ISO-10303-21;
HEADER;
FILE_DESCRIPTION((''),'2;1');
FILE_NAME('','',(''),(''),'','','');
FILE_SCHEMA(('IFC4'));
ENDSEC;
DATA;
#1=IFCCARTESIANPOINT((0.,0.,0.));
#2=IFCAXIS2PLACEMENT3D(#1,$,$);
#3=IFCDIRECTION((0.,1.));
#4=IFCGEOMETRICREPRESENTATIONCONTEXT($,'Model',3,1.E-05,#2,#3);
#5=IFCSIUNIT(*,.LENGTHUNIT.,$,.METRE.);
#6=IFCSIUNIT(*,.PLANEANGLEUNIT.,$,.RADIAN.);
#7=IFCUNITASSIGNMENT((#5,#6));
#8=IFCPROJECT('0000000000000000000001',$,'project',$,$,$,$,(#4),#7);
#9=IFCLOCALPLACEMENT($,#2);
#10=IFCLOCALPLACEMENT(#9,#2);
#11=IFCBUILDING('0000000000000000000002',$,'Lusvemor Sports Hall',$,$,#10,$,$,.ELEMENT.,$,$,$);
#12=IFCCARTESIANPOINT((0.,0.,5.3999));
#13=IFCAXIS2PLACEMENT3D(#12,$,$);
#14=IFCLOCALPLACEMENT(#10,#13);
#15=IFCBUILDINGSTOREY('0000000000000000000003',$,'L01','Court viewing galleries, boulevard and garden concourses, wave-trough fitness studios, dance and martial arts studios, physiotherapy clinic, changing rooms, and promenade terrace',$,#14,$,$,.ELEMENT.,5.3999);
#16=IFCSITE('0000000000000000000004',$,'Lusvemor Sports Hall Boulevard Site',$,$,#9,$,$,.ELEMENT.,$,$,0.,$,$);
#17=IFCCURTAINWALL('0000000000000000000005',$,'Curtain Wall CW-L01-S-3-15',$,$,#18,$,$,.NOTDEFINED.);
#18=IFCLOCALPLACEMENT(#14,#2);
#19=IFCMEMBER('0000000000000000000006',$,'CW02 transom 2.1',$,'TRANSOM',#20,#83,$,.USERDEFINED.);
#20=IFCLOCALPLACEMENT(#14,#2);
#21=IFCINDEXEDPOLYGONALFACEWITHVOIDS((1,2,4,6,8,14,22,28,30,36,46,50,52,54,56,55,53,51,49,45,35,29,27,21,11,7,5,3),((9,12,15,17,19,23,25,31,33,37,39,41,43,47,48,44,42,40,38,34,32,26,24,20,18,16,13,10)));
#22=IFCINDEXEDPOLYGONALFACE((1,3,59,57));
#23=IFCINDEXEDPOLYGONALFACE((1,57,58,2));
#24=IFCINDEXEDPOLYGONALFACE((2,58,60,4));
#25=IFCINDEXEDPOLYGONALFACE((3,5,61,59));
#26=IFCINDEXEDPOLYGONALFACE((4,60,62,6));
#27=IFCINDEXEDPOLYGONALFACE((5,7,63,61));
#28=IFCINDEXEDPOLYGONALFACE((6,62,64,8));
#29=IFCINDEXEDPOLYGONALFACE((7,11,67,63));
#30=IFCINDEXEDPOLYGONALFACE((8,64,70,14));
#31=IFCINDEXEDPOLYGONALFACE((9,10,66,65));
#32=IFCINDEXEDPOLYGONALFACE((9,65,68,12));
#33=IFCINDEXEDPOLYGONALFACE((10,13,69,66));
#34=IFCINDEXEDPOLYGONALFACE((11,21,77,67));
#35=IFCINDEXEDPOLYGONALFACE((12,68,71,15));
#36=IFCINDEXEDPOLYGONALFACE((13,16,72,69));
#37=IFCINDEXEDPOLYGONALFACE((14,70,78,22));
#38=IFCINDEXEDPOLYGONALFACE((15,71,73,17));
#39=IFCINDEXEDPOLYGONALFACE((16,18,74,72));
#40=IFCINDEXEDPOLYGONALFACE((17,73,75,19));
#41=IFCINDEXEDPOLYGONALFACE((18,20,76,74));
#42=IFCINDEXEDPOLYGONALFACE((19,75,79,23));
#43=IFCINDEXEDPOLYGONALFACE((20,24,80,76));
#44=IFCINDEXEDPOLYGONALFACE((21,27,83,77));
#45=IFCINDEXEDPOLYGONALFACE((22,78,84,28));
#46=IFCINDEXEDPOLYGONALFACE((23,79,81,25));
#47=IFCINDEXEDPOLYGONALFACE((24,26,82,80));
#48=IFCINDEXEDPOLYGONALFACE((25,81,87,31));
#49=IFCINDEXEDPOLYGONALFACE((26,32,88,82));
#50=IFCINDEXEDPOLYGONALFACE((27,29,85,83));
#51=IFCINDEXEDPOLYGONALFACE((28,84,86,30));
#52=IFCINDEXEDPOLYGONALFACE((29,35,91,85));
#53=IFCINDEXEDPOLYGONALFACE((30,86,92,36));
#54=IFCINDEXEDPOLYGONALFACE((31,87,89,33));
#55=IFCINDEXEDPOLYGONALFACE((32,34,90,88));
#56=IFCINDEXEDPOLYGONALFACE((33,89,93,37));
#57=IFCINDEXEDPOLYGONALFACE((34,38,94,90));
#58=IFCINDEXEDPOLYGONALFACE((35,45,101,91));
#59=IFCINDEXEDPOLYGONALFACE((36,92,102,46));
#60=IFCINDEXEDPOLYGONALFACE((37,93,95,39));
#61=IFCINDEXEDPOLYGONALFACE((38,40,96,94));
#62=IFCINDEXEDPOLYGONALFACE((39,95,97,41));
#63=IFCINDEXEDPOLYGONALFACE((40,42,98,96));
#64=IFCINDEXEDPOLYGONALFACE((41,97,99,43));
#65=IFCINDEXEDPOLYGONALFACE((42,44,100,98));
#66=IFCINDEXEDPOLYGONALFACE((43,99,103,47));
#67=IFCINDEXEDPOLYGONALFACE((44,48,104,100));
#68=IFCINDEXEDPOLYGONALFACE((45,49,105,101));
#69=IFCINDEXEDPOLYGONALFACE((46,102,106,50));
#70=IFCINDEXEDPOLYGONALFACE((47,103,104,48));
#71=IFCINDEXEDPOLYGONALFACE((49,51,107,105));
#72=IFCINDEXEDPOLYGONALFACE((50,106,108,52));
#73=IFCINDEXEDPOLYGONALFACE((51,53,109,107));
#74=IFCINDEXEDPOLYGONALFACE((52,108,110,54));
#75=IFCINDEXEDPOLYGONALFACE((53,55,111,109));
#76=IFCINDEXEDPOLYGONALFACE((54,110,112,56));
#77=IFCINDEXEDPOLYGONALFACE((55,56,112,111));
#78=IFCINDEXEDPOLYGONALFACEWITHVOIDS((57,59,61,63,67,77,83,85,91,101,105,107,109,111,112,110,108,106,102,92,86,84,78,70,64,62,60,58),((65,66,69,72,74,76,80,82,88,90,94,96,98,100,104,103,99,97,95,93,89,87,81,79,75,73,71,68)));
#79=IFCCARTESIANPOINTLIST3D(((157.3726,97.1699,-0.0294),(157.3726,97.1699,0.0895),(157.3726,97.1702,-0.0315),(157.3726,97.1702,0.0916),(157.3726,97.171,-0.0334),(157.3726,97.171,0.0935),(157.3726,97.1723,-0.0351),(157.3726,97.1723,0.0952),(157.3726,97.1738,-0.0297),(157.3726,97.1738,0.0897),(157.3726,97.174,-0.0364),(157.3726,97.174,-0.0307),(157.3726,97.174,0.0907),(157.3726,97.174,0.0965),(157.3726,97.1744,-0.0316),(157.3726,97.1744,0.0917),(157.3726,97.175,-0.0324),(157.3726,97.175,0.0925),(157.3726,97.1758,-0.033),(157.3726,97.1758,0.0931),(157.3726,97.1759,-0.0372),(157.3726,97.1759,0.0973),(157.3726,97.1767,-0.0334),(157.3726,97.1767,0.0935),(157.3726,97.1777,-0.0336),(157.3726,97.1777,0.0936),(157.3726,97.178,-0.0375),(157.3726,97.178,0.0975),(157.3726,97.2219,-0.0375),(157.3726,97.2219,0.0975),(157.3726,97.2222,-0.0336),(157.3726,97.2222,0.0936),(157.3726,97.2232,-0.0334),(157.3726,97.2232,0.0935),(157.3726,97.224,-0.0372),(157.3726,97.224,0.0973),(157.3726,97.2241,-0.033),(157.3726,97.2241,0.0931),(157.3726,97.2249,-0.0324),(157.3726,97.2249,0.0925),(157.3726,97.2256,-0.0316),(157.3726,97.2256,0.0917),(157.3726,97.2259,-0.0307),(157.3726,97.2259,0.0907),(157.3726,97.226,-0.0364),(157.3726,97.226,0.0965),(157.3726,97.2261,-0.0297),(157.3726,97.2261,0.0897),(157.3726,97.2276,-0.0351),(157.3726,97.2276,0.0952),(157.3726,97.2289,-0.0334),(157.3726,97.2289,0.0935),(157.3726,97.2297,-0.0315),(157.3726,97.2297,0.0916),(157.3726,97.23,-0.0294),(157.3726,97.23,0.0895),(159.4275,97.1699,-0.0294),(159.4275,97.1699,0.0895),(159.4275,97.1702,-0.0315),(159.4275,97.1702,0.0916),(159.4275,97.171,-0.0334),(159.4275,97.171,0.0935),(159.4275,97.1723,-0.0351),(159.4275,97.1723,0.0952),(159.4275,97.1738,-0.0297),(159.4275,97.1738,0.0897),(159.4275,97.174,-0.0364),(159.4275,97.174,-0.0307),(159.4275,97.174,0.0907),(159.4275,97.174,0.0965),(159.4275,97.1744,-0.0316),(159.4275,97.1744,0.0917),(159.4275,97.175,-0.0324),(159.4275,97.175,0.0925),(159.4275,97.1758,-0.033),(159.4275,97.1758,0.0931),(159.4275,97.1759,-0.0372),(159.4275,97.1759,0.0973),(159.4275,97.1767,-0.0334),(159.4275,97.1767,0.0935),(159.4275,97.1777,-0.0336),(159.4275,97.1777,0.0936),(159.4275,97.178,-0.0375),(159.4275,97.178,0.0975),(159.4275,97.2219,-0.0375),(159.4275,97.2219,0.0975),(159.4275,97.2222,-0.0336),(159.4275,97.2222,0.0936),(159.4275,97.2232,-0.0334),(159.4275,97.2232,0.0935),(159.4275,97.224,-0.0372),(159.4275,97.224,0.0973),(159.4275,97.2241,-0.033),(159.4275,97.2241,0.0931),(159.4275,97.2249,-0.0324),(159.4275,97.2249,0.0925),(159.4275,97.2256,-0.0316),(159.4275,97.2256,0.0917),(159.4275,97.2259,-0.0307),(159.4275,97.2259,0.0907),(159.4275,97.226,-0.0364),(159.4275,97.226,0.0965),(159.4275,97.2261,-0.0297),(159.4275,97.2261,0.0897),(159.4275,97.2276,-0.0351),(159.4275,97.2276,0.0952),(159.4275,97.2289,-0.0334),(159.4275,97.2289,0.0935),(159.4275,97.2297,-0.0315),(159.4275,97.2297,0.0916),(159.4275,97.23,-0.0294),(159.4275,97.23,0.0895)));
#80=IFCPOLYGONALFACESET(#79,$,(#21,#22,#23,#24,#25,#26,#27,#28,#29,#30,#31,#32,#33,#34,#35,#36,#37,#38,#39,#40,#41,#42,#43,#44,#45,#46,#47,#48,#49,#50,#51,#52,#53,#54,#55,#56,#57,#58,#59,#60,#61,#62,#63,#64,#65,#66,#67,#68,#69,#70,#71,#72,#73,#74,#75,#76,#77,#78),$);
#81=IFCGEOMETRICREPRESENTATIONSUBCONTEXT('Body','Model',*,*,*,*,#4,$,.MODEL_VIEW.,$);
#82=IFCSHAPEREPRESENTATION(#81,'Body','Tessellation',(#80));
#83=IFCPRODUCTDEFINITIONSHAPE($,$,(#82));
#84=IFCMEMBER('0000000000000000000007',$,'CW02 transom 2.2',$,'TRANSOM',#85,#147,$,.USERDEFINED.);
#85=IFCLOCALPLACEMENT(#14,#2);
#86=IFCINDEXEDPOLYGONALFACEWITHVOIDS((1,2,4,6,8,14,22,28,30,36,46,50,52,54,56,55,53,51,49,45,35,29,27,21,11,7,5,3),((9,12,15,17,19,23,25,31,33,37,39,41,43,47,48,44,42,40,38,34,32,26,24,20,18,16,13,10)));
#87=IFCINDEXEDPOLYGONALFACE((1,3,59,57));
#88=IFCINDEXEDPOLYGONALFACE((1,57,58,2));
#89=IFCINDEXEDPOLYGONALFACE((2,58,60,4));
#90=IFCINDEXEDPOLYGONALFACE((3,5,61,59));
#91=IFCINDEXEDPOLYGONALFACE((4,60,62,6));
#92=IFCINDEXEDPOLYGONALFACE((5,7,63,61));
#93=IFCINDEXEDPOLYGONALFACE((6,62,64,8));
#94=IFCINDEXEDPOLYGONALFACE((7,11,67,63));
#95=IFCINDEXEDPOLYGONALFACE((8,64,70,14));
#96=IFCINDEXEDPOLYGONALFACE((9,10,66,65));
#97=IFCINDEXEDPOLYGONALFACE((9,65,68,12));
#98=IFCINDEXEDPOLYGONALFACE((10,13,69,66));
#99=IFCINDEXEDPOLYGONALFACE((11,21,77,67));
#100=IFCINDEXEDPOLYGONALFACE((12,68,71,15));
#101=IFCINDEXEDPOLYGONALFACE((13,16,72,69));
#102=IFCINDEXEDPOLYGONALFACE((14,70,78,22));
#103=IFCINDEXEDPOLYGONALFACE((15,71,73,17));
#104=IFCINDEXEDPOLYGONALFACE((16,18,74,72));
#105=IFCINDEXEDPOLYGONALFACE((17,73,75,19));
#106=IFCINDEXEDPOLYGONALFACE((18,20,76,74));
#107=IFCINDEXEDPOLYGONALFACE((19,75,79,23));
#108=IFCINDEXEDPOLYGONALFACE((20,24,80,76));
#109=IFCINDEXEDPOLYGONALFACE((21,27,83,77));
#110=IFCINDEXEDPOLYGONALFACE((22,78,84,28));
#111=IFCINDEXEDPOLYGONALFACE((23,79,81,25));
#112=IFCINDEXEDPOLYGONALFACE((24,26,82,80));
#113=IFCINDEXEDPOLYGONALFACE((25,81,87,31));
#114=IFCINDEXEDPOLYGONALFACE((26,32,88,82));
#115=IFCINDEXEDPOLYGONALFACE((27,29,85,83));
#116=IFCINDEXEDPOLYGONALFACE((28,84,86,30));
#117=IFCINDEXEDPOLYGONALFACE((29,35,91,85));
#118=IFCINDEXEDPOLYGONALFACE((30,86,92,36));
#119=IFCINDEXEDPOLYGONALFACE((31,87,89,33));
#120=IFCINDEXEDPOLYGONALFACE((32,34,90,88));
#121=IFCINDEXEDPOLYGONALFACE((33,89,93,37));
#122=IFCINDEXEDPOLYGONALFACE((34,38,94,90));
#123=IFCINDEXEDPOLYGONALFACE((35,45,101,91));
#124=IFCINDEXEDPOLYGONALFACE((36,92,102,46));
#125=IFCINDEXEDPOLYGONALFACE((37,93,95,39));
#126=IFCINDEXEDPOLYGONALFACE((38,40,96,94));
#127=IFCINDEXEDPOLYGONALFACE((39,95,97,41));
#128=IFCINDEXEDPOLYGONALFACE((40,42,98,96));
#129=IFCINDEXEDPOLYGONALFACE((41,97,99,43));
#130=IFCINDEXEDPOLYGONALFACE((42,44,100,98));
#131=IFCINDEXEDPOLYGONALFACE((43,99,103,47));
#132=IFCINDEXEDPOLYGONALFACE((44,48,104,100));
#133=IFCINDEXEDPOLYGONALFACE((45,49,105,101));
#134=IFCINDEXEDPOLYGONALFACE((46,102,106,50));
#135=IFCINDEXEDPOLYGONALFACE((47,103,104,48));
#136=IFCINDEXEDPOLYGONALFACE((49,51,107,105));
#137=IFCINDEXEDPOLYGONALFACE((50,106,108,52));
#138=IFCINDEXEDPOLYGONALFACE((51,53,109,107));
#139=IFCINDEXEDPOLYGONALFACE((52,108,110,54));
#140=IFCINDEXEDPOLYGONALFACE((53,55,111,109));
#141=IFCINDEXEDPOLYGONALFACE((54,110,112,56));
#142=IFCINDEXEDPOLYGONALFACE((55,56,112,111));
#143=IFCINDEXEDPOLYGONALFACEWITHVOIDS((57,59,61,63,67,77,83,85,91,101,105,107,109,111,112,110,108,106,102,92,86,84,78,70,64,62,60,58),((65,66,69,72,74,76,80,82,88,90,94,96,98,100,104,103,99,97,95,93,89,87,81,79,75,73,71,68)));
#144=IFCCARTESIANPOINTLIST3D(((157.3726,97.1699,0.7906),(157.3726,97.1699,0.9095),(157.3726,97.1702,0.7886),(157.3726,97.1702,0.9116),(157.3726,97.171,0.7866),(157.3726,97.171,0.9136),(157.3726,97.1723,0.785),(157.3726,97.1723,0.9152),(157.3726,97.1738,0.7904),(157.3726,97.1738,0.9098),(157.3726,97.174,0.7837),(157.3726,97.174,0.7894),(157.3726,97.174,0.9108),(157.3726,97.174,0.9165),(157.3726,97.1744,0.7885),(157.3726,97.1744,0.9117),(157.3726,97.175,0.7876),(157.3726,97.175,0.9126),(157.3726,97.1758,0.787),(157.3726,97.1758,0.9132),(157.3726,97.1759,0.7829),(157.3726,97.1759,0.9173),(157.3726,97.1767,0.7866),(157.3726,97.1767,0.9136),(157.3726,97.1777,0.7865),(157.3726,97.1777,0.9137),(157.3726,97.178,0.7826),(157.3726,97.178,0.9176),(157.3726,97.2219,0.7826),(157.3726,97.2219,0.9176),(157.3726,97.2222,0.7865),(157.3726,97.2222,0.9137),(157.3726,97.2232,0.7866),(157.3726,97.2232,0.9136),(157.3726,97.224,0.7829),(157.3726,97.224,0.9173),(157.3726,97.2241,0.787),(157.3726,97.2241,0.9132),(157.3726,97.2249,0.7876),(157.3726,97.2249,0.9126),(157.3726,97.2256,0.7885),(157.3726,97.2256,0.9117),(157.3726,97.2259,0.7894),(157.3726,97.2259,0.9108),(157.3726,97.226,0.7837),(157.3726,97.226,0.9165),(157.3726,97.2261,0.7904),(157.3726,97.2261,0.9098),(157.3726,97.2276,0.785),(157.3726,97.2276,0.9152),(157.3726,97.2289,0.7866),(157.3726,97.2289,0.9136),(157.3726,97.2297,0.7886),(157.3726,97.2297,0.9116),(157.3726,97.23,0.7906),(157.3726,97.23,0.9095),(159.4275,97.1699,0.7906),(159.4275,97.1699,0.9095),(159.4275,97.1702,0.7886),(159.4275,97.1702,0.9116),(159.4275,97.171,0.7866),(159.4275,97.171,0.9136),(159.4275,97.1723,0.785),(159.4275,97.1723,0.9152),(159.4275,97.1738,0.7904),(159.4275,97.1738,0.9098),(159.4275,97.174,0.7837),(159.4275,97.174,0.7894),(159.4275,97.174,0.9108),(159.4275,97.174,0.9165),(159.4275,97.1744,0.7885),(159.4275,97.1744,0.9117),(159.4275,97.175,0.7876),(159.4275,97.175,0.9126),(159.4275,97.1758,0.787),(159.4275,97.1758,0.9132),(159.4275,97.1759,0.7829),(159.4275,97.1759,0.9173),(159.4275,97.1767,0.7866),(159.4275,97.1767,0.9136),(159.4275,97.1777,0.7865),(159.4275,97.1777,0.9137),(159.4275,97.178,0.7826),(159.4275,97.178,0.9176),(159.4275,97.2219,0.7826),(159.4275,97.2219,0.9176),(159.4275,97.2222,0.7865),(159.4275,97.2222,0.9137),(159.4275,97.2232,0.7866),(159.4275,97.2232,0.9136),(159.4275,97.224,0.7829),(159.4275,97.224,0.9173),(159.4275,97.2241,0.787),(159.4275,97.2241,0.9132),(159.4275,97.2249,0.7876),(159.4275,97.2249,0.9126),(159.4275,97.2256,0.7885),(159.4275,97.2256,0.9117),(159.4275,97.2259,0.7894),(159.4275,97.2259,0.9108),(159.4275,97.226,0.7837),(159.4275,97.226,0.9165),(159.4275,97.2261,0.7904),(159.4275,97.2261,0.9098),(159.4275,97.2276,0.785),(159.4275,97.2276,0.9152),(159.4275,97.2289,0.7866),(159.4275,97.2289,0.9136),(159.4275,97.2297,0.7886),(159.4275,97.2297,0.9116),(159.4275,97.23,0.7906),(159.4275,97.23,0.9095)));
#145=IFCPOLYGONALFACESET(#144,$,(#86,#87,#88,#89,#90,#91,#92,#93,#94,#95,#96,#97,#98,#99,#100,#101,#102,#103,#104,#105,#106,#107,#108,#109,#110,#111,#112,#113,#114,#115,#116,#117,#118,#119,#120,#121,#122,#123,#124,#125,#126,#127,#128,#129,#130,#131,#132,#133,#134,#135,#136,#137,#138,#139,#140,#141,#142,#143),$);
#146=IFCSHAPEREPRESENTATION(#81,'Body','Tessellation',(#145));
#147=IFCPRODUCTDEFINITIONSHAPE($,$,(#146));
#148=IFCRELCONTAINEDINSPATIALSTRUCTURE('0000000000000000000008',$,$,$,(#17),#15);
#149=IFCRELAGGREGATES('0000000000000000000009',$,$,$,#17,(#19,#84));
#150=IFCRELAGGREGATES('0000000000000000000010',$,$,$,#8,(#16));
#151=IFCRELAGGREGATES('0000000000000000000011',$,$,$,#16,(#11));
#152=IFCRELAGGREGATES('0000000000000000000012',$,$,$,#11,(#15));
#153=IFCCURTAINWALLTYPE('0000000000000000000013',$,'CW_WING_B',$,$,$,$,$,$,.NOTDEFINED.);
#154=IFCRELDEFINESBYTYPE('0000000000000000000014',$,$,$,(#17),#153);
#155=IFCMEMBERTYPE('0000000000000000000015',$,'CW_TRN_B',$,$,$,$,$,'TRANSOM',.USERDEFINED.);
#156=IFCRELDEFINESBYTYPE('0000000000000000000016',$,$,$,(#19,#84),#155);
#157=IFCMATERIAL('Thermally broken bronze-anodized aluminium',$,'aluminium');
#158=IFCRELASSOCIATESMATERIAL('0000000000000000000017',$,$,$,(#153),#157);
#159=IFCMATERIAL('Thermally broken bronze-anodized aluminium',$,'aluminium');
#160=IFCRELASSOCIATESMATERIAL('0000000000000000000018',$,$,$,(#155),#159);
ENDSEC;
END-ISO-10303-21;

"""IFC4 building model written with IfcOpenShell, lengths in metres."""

from ifc_helpers import new_model, si_unit, direction, frame, origin, origin_2d, place, context, subcontext, project, spatial, hollow_rectangle, extrude, material, material_profile, profile_set, type_object, element, aggregate, save


model = new_model("IFC4")

# Units and contexts
model_context = context("Model", 3, precision=1e-05, world=origin(), true_north=direction((0.0, 1.0)))
body_context = subcontext(model_context, "Body", "Model", "MODEL_VIEW")
ifc_project = project(units=[si_unit("LENGTHUNIT", "METRE"), si_unit("PLANEANGLEUNIT", "RADIAN")], contexts=[model_context])

# Site, building, storey
site_placement = place(None, origin())
site = spatial("IfcSite", under=ifc_project, at=site_placement, Name="Lusvemor Sports Hall Boulevard Site", CompositionType="ELEMENT", RefElevation=0.0)
building_placement = place(site_placement, origin())
building = spatial("IfcBuilding", under=site, at=building_placement, Name="Lusvemor Sports Hall", CompositionType="ELEMENT")
storey_placement = place(building_placement, frame((0.0, 0.0, 5.3999)))
storey = spatial("IfcBuildingStorey", under=building, at=storey_placement, Name="L01", Description="Court viewing galleries, boulevard and garden concourses, wave-trough fitness studios, dance and martial arts studios, physiotherapy clinic, changing rooms, and promenade terrace", CompositionType="ELEMENT", Elevation=5.3999)

# Curtain wall
ifc_material_1 = material(Name="Thermally broken bronze-anodized aluminium", Category="aluminium")
curtain_wall_type = type_object("IfcCurtainWallType", Name="CW_WING_B", PredefinedType="NOTDEFINED", material=ifc_material_1)
curtain_wall_1_placement = place(storey_placement, origin())
curtain_wall_1 = element("IfcCurtainWall", 1, at=curtain_wall_1_placement, inside=storey, type_object=curtain_wall_type, Name="Curtain Wall CW-L01-S-3-15", PredefinedType="NOTDEFINED")

# Members
ifc_material_2 = material(Name="Thermally broken bronze-anodized aluminium", Category="aluminium")
ifc_material_profile_1 = material_profile(ifc_material_2, hollow_rectangle(XDim=0.0601, YDim=0.135, WallThickness=0.0039, InnerFilletRadius=0.0039, OuterFilletRadius=0.0081, at=origin_2d()), Name="CWTRN135x60x4")
ifc_profile_set_1 = profile_set([ifc_material_profile_1], Name="Thermally broken bronze-anodized aluminium")
member_type_1 = type_object("IfcMemberType", Name="CW_TRN_B", ElementType="TRANSOM", PredefinedType="USERDEFINED", material=ifc_profile_set_1)
member_1_placement = place(storey_placement, frame((159.4275, 97.2, 0.03), z_axis=(-1.0, 0.0, 0.0), x_axis=(0.0, -1.0, 0.0)))
member_1 = element("IfcMember", 2, at=member_1_placement, type_object=member_type_1, Name="CW02 transom 2.1", ObjectType="TRANSOM", PredefinedType="USERDEFINED", context=body_context, shape_type="SweptSolid", body=[
    extrude(hollow_rectangle(XDim=0.0601, YDim=0.135, WallThickness=0.0039, InnerFilletRadius=0.0039, OuterFilletRadius=0.0081, at=origin_2d()), origin(), (0.0, 0.0, 1.0), 2.0549),
])
member_2_placement = place(storey_placement, frame((159.4275, 97.2, 0.8501), z_axis=(-1.0, 0.0, 0.0), x_axis=(0.0, -1.0, 0.0)))
member_2 = element("IfcMember", 3, at=member_2_placement, type_object=member_type_1, Name="CW02 transom 2.2", ObjectType="TRANSOM", PredefinedType="USERDEFINED", context=body_context, shape_type="SweptSolid", body=[
    extrude(hollow_rectangle(XDim=0.0601, YDim=0.135, WallThickness=0.0039, InnerFilletRadius=0.0039, OuterFilletRadius=0.0081, at=origin_2d()), origin(), (0.0, 0.0, 1.0), 2.0549),
])

aggregate(curtain_wall_1, [member_1, member_2])

save(model, "model.ifc")
